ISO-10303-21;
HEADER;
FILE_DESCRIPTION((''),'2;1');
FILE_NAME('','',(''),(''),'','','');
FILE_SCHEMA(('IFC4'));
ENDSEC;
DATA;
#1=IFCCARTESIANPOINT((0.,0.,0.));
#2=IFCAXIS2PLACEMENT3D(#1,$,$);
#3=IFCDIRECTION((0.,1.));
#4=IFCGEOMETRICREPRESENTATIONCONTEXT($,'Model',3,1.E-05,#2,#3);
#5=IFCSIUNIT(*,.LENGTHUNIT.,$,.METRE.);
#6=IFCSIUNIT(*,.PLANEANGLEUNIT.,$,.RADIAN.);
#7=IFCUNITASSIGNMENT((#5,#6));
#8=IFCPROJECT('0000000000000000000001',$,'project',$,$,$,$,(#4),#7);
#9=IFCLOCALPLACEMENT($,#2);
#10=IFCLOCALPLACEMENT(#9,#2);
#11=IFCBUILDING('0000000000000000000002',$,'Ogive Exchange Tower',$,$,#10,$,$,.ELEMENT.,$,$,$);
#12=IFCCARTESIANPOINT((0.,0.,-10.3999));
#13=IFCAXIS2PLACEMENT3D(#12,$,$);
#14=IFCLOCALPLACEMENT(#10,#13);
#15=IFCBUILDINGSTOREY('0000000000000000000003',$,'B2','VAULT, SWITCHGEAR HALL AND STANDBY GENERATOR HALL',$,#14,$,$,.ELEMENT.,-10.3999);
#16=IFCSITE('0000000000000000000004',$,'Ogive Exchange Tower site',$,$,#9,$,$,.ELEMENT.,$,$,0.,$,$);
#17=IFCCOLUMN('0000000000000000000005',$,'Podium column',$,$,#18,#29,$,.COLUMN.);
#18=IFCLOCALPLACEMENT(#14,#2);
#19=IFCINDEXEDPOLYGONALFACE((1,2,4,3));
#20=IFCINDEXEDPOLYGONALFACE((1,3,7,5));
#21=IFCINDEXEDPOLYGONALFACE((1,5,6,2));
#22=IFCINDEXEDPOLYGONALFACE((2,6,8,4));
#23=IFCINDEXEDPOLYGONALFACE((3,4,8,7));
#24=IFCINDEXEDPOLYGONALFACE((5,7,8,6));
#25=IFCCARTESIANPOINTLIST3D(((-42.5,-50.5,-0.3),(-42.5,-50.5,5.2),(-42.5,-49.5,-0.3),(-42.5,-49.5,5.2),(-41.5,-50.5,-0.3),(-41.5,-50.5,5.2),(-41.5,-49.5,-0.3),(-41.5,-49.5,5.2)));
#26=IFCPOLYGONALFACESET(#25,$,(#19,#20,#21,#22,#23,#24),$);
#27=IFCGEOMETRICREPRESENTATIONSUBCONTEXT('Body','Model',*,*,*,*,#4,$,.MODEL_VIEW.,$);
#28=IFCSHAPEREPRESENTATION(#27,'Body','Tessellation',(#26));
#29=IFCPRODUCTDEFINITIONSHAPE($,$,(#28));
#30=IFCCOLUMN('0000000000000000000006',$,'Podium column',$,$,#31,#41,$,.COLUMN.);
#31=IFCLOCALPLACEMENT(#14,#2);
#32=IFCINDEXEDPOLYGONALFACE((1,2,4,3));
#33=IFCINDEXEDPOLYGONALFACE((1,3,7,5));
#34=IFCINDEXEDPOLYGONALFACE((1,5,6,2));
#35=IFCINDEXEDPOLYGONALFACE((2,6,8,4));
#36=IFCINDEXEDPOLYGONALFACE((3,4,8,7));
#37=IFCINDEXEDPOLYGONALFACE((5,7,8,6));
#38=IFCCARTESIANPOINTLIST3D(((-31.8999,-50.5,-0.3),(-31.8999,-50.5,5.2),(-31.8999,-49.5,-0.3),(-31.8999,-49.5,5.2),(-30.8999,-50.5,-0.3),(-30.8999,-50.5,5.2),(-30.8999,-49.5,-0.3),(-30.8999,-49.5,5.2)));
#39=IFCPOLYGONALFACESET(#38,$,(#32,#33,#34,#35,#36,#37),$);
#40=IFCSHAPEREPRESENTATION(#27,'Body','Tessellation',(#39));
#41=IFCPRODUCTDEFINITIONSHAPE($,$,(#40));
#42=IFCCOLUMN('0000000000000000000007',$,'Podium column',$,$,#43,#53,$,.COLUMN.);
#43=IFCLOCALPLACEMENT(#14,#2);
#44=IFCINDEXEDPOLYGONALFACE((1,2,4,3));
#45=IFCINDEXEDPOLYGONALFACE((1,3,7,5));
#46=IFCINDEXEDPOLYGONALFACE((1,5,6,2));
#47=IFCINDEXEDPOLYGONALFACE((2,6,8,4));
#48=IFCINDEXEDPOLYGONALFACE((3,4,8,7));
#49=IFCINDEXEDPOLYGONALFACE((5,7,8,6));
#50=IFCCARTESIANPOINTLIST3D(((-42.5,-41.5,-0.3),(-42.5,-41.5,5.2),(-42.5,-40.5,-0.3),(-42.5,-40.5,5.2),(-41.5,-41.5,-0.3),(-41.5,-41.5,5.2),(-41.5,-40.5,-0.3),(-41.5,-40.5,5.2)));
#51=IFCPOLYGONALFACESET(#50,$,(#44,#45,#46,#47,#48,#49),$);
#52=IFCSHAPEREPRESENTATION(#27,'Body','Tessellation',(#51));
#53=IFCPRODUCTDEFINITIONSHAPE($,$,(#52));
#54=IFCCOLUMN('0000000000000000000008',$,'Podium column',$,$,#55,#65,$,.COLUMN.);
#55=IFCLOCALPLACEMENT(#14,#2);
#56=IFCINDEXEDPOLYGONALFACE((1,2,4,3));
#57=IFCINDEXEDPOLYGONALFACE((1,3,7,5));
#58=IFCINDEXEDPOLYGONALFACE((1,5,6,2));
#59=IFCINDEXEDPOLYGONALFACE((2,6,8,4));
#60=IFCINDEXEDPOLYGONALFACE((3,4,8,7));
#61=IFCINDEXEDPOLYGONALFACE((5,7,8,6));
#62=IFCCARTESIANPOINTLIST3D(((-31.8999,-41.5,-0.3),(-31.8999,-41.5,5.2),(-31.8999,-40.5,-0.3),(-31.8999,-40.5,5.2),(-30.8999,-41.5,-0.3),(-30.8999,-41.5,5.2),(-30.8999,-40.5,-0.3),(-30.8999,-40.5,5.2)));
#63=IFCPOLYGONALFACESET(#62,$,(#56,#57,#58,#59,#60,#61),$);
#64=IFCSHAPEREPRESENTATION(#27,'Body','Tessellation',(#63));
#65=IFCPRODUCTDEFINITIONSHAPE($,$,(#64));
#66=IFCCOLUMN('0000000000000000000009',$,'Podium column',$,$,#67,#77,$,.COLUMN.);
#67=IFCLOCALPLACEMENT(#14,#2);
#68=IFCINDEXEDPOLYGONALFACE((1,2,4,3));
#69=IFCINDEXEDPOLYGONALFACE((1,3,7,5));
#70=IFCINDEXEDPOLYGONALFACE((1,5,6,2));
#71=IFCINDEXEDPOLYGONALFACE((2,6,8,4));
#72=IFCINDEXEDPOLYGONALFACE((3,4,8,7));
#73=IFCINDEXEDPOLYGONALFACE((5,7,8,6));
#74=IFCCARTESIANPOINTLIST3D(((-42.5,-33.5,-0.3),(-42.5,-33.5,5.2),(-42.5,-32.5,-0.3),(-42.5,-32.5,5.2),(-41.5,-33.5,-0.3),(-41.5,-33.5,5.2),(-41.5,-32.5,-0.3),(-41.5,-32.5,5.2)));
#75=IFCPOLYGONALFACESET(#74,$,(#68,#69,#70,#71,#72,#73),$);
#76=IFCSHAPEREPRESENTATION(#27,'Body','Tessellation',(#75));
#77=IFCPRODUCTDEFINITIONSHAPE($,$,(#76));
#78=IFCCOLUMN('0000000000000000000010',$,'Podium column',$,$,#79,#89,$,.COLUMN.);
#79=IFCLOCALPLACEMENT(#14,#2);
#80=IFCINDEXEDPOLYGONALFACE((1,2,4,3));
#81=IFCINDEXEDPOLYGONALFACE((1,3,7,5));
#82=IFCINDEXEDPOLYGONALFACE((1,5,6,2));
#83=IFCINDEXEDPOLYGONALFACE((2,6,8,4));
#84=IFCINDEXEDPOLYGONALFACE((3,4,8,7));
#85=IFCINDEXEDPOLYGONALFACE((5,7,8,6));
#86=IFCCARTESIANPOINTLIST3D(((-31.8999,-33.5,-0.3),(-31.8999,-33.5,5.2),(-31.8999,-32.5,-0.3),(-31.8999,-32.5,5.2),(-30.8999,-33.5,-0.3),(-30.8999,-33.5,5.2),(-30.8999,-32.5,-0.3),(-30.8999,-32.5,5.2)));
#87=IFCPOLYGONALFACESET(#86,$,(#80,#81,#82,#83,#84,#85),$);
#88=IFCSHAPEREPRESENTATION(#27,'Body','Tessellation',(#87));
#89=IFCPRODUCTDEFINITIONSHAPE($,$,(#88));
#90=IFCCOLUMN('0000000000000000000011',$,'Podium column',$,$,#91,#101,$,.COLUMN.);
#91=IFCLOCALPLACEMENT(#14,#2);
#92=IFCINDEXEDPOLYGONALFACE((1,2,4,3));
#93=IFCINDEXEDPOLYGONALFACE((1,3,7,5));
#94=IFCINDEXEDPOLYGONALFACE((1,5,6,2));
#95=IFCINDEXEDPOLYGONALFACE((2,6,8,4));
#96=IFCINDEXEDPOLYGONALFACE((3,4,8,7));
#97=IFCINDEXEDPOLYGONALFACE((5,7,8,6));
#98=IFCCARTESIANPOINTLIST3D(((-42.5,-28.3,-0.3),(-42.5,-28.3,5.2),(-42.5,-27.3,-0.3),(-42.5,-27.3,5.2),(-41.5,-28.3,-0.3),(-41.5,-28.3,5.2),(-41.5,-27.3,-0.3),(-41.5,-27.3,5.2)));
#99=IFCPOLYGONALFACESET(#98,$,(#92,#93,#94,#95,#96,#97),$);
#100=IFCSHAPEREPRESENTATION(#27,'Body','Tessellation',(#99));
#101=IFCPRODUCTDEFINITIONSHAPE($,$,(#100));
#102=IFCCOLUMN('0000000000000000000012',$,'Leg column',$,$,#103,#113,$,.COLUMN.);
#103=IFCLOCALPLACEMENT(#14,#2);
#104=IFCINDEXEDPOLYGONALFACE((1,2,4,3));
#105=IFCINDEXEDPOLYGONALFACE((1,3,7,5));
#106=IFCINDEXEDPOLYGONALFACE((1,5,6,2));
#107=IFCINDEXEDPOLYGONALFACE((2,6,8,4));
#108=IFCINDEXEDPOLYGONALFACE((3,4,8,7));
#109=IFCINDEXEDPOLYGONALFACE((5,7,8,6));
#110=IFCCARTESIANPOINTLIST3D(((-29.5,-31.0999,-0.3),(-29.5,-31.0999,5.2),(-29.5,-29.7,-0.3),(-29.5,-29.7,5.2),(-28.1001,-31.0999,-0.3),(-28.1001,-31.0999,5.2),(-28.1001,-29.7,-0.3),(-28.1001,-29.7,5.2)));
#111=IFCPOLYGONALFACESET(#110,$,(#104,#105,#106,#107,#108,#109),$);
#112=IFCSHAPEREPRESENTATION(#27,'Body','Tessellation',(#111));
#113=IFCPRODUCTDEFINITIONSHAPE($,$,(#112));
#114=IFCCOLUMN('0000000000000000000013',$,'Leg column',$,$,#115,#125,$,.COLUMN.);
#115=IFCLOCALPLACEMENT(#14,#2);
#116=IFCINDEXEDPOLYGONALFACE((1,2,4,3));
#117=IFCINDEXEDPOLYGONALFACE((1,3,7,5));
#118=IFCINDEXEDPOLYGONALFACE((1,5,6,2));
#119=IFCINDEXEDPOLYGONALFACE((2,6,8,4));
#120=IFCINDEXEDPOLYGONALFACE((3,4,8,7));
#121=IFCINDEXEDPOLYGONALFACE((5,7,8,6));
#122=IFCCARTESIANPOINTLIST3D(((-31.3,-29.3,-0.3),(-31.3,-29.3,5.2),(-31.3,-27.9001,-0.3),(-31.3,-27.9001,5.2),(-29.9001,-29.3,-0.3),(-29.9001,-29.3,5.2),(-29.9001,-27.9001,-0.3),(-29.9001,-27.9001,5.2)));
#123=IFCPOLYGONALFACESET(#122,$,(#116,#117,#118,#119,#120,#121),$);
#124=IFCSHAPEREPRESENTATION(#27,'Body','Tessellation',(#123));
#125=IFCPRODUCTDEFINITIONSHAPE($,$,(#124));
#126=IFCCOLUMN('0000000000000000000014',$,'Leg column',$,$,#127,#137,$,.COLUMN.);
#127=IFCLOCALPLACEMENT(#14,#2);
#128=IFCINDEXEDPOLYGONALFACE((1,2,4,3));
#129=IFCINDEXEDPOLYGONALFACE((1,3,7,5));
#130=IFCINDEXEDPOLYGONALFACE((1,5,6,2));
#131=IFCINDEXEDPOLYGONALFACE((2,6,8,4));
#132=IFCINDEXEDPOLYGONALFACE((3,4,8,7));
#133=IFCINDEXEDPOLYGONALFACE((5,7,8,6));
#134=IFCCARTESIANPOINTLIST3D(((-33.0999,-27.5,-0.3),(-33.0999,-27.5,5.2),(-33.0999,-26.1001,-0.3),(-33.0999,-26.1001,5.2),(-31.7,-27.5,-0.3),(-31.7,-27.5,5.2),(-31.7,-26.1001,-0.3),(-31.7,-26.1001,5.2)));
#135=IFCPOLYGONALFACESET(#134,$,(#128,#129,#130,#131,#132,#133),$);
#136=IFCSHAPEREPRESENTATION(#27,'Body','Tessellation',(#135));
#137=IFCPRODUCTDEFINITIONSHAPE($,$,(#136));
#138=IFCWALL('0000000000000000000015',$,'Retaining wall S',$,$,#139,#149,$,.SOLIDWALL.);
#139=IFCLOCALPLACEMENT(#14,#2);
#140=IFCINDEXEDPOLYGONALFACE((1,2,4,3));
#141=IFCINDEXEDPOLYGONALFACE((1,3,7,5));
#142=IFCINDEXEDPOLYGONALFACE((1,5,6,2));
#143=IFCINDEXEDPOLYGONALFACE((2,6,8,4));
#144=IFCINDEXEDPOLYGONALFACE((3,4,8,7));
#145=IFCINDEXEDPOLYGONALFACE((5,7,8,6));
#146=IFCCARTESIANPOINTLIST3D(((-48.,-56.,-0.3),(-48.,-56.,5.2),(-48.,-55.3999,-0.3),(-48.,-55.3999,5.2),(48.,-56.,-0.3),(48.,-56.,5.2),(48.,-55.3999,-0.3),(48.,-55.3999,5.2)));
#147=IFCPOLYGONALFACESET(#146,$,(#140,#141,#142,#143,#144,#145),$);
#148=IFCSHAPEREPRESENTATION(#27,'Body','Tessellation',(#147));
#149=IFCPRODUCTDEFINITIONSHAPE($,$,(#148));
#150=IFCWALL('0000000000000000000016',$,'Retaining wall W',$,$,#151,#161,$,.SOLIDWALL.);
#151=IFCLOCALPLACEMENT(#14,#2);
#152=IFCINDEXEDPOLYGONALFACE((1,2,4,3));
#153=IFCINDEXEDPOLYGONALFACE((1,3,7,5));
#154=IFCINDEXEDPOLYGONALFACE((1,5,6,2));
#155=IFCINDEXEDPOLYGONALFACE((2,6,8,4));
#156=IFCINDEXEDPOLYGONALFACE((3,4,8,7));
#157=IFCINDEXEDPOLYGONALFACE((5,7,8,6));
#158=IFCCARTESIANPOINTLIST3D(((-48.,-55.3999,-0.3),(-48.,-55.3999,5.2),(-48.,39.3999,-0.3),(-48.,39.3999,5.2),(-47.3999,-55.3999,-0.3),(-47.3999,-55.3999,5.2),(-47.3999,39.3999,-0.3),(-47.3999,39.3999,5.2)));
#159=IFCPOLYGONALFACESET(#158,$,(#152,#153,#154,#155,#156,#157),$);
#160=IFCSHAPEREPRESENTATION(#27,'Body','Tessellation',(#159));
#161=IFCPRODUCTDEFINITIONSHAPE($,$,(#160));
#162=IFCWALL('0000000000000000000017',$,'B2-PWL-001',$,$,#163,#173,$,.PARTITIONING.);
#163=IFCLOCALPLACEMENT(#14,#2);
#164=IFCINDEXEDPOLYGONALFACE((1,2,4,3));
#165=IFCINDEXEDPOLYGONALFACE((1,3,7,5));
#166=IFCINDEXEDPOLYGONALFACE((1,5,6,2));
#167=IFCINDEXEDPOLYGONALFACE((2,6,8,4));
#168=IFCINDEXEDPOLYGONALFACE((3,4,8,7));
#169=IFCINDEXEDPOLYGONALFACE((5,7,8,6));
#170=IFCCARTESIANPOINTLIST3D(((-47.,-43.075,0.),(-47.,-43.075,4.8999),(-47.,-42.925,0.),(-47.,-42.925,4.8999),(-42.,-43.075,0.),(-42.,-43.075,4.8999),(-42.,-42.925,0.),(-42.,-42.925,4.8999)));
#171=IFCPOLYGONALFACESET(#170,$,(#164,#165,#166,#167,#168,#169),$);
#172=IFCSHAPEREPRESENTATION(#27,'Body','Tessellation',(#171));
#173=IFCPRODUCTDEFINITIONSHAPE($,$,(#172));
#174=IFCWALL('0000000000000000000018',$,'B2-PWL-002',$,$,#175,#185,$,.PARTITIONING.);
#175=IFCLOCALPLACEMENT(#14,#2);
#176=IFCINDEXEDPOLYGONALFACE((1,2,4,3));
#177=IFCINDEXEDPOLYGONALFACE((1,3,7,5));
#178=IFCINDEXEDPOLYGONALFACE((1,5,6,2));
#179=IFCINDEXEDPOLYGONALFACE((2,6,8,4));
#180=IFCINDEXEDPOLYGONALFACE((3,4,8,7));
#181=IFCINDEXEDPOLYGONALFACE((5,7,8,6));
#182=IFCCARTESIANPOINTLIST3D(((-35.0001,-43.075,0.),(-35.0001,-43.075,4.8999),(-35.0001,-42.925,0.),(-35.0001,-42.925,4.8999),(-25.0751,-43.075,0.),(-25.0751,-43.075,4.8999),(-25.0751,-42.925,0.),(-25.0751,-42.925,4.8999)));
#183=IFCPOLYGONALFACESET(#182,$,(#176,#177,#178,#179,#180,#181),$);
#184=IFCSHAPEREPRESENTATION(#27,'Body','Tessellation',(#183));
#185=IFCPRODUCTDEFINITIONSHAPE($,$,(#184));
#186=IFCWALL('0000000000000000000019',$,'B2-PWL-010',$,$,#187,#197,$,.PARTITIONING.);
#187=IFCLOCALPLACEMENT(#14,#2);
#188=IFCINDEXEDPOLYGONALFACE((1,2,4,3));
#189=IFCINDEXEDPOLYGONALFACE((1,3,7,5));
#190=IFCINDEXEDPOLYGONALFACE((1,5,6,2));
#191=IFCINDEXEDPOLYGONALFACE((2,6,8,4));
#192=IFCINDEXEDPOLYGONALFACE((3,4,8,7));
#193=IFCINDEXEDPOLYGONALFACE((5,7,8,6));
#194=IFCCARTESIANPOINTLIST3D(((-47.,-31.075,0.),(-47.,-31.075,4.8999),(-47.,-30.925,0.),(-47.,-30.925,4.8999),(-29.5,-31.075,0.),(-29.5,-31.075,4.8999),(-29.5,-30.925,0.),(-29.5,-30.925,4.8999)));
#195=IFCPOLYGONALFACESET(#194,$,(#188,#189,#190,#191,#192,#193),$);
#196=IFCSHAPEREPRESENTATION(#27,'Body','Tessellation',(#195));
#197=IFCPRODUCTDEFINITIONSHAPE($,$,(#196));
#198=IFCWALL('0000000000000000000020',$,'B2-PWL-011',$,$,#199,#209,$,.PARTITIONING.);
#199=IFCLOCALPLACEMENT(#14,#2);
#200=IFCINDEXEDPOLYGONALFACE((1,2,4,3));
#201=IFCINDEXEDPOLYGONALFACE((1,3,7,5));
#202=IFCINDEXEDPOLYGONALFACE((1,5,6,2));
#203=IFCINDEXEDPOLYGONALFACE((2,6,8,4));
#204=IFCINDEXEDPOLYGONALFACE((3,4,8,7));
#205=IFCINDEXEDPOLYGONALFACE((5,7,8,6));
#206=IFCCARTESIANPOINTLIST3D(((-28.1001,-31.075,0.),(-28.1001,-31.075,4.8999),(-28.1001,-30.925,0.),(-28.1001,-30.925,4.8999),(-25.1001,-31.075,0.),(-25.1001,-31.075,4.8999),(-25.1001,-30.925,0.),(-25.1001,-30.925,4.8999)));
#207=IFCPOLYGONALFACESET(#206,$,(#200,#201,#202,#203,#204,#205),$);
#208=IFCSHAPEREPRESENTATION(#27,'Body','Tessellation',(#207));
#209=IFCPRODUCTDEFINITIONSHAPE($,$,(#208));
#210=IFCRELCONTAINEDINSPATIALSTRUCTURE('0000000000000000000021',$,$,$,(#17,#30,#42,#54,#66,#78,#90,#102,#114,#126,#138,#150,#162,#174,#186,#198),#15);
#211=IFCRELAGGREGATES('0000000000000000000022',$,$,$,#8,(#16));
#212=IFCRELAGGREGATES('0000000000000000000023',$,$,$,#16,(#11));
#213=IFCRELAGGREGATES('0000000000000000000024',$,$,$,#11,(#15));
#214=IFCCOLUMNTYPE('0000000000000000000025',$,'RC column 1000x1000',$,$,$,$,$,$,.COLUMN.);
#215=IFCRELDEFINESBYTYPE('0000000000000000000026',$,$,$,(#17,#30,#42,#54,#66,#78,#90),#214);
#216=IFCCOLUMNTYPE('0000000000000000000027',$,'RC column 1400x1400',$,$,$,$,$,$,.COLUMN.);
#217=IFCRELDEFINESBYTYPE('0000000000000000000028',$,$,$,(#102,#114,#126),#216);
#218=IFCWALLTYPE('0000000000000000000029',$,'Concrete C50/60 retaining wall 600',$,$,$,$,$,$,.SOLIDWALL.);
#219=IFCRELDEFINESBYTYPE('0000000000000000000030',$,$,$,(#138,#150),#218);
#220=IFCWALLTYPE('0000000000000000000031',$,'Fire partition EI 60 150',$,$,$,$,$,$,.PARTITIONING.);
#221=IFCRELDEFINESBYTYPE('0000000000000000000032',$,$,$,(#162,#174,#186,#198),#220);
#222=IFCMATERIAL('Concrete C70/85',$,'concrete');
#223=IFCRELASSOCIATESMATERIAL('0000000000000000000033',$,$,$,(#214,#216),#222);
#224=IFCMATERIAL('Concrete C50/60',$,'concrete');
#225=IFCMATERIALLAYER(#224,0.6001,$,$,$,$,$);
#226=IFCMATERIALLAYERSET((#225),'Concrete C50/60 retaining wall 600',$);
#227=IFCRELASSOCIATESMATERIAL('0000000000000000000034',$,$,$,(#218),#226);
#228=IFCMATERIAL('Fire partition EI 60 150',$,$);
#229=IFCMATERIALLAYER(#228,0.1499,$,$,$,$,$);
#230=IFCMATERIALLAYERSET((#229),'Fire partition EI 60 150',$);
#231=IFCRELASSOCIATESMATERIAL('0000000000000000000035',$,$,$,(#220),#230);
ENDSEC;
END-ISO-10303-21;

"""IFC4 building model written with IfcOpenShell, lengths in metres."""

from ifc_helpers import new_model, si_unit, direction, frame, frame_2d, origin, origin_2d, place, context, subcontext, project, spatial, rectangle, extrude, material, layer, layer_set, material_profile, profile_set, type_object, element, save


model = new_model("IFC4")

# Units and contexts
model_context = context("Model", 3, precision=1e-05, world=origin(), true_north=direction((0.0, 1.0)))
body_context = subcontext(model_context, "Body", "Model", "MODEL_VIEW")
ifc_project = project(units=[si_unit("LENGTHUNIT", "METRE"), si_unit("PLANEANGLEUNIT", "RADIAN")], contexts=[model_context])

# Site, building, storey
site_placement = place(None, origin())
site = spatial("IfcSite", under=ifc_project, at=site_placement, Name="Ogive Exchange Tower site", CompositionType="ELEMENT", RefElevation=0.0)
building_placement = place(site_placement, origin())
building = spatial("IfcBuilding", under=site, at=building_placement, Name="Ogive Exchange Tower", CompositionType="ELEMENT")
storey_placement = place(building_placement, frame((0.0, 0.0, -10.3999)))
storey = spatial("IfcBuildingStorey", under=building, at=storey_placement, Name="B2", Description="VAULT, SWITCHGEAR HALL AND STANDBY GENERATOR HALL", CompositionType="ELEMENT", Elevation=-10.3999)

# Columns
ifc_material_1 = material(Name="Concrete C70/85", Category="concrete")
ifc_material_profile_1 = material_profile(ifc_material_1, rectangle(XDim=1.0, YDim=1.0, at=origin_2d()), Name="RC 1000x1000")
ifc_profile_set_1 = profile_set([ifc_material_profile_1], Name="Concrete C70/85")
column_type_1 = type_object("IfcColumnType", Name="RC column 1000x1000", PredefinedType="COLUMN", material=ifc_profile_set_1)
for number, where, z_axis, x_axis, name in (
    (1, (-42.0, -50.0, -0.3), (0.0, 0.0, 1.0), (1.0, 0.0, 0.0), "Podium column"),
    (2, (-31.3999, -50.0, -0.3), (0.0, 0.0, 1.0), (1.0, 0.0, 0.0), "Podium column"),
    (3, (-42.0, -41.0, -0.3), (0.0, 0.0, 1.0), (1.0, 0.0, 0.0), "Podium column"),
    (4, (-31.3999, -41.0, -0.3), (0.0, 0.0, 1.0), (1.0, 0.0, 0.0), "Podium column"),
    (5, (-42.0, -33.0, -0.3), (0.0, 0.0, 1.0), (1.0, 0.0, 0.0), "Podium column"),
    (6, (-31.3999, -33.0, -0.3), (0.0, 0.0, 1.0), (1.0, 0.0, 0.0), "Podium column"),
    (7, (-42.0, -27.8, -0.3), (0.0, 0.0, 1.0), (1.0, 0.0, 0.0), "Podium column"),
):
    element("IfcColumn", number, at=place(storey_placement, frame(where, z_axis=z_axis, x_axis=x_axis)), inside=storey, type_object=column_type_1, Name=name, PredefinedType="COLUMN", context=body_context, shape_type="SweptSolid", body=[
        extrude(rectangle(XDim=1.0, YDim=1.0, at=origin_2d()), origin(), (0.0, 0.0, 1.0), 5.5),
    ])
ifc_material_profile_2 = material_profile(ifc_material_1, rectangle(XDim=1.3999, YDim=1.3999, at=origin_2d()), Name="RC 1400x1400")
ifc_profile_set_2 = profile_set([ifc_material_profile_2], Name="Concrete C70/85")
column_type_2 = type_object("IfcColumnType", Name="RC column 1400x1400", PredefinedType="COLUMN", material=ifc_profile_set_2)
for number, where, z_axis, x_axis, name in (
    (8, (-28.8, -30.3999, -0.3), (0.0, 0.0, 1.0), (1.0, 0.0, 0.0), "Leg column"),
    (9, (-30.6001, -28.6001, -0.3), (0.0, 0.0, 1.0), (1.0, 0.0, 0.0), "Leg column"),
    (10, (-32.3999, -26.8, -0.3), (0.0, 0.0, 1.0), (1.0, 0.0, 0.0), "Leg column"),
):
    element("IfcColumn", number, at=place(storey_placement, frame(where, z_axis=z_axis, x_axis=x_axis)), inside=storey, type_object=column_type_2, Name=name, PredefinedType="COLUMN", context=body_context, shape_type="SweptSolid", body=[
        extrude(rectangle(XDim=1.3999, YDim=1.3999, at=origin_2d()), origin(), (0.0, 0.0, 1.0), 5.5),
    ])

# Walls
ifc_material_2 = material(Name="Concrete C50/60", Category="concrete")
ifc_layer_1 = layer(ifc_material_2, 0.6001)
ifc_layer_set_1 = layer_set([ifc_layer_1], Name="Concrete C50/60 retaining wall 600")
wall_type_1 = type_object("IfcWallType", Name="Concrete C50/60 retaining wall 600", PredefinedType="SOLIDWALL", material=ifc_layer_set_1)
wall_1_placement = place(storey_placement, frame((-48.0, -55.7, -0.3), z_axis=(0.0, 0.0, 1.0), x_axis=(1.0, 0.0, 0.0)))
element("IfcWall", 11, at=wall_1_placement, inside=storey, type_object=wall_type_1, Name="Retaining wall S", PredefinedType="SOLIDWALL", context=body_context, shape_type="SweptSolid", body=[
    extrude(rectangle(XDim=96.0, YDim=0.6001, at=frame_2d((48.0, 0.0))), origin(), (0.0, 0.0, 1.0), 5.5),
])
wall_2_placement = place(storey_placement, frame((-47.7, -55.3999, -0.3), z_axis=(0.0, 0.0, 1.0), x_axis=(0.0, 1.0, 0.0)))
element("IfcWall", 12, at=wall_2_placement, inside=storey, type_object=wall_type_1, Name="Retaining wall W", PredefinedType="SOLIDWALL", context=body_context, shape_type="SweptSolid", body=[
    extrude(rectangle(XDim=94.7998, YDim=0.6001, at=frame_2d((47.3999, 0.0))), origin(), (0.0, 0.0, 1.0), 5.5),
])
ifc_material_3 = material(Name="Fire partition EI 60 150")
ifc_layer_2 = layer(ifc_material_3, 0.1499)
ifc_layer_set_2 = layer_set([ifc_layer_2], Name="Fire partition EI 60 150")
wall_type_2 = type_object("IfcWallType", Name="Fire partition EI 60 150", PredefinedType="PARTITIONING", material=ifc_layer_set_2)
wall_3_placement = place(storey_placement, frame((-47.0, -43.0, 0.0), z_axis=(0.0, 0.0, 1.0), x_axis=(1.0, 0.0, 0.0)))
element("IfcWall", 13, at=wall_3_placement, inside=storey, type_object=wall_type_2, Name="B2-PWL-001", PredefinedType="PARTITIONING", context=body_context, shape_type="SweptSolid", body=[
    extrude(rectangle(XDim=5.0, YDim=0.1499, at=frame_2d((2.5, 0.0))), origin(), (0.0, 0.0, 1.0), 4.8999),
])
wall_4_placement = place(storey_placement, frame((-35.0, -43.0, 0.0), z_axis=(0.0, 0.0, 1.0), x_axis=(1.0, 0.0, 0.0)))
element("IfcWall", 14, at=wall_4_placement, inside=storey, type_object=wall_type_2, Name="B2-PWL-002", PredefinedType="PARTITIONING", context=body_context, shape_type="SweptSolid", body=[
    extrude(rectangle(XDim=9.925, YDim=0.1499, at=frame_2d((4.9624, 0.0))), origin(), (0.0, 0.0, 1.0), 4.8999),
])
wall_5_placement = place(storey_placement, frame((-47.0, -31.0, 0.0), z_axis=(0.0, 0.0, 1.0), x_axis=(1.0, 0.0, 0.0)))
element("IfcWall", 15, at=wall_5_placement, inside=storey, type_object=wall_type_2, Name="B2-PWL-010", PredefinedType="PARTITIONING", context=body_context, shape_type="SweptSolid", body=[
    extrude(rectangle(XDim=17.5, YDim=0.1499, at=frame_2d((8.75, 0.0))), origin(), (0.0, 0.0, 1.0), 4.8999),
])
wall_6_placement = place(storey_placement, frame((-28.1001, -31.0, 0.0), z_axis=(0.0, 0.0, 1.0), x_axis=(1.0, 0.0, 0.0)))
element("IfcWall", 16, at=wall_6_placement, inside=storey, type_object=wall_type_2, Name="B2-PWL-011", PredefinedType="PARTITIONING", context=body_context, shape_type="SweptSolid", body=[
    extrude(rectangle(XDim=3.0, YDim=0.1499, at=frame_2d((1.5, 0.0))), origin(), (0.0, 0.0, 1.0), 4.8999),
])

save(model, "model.ifc")
